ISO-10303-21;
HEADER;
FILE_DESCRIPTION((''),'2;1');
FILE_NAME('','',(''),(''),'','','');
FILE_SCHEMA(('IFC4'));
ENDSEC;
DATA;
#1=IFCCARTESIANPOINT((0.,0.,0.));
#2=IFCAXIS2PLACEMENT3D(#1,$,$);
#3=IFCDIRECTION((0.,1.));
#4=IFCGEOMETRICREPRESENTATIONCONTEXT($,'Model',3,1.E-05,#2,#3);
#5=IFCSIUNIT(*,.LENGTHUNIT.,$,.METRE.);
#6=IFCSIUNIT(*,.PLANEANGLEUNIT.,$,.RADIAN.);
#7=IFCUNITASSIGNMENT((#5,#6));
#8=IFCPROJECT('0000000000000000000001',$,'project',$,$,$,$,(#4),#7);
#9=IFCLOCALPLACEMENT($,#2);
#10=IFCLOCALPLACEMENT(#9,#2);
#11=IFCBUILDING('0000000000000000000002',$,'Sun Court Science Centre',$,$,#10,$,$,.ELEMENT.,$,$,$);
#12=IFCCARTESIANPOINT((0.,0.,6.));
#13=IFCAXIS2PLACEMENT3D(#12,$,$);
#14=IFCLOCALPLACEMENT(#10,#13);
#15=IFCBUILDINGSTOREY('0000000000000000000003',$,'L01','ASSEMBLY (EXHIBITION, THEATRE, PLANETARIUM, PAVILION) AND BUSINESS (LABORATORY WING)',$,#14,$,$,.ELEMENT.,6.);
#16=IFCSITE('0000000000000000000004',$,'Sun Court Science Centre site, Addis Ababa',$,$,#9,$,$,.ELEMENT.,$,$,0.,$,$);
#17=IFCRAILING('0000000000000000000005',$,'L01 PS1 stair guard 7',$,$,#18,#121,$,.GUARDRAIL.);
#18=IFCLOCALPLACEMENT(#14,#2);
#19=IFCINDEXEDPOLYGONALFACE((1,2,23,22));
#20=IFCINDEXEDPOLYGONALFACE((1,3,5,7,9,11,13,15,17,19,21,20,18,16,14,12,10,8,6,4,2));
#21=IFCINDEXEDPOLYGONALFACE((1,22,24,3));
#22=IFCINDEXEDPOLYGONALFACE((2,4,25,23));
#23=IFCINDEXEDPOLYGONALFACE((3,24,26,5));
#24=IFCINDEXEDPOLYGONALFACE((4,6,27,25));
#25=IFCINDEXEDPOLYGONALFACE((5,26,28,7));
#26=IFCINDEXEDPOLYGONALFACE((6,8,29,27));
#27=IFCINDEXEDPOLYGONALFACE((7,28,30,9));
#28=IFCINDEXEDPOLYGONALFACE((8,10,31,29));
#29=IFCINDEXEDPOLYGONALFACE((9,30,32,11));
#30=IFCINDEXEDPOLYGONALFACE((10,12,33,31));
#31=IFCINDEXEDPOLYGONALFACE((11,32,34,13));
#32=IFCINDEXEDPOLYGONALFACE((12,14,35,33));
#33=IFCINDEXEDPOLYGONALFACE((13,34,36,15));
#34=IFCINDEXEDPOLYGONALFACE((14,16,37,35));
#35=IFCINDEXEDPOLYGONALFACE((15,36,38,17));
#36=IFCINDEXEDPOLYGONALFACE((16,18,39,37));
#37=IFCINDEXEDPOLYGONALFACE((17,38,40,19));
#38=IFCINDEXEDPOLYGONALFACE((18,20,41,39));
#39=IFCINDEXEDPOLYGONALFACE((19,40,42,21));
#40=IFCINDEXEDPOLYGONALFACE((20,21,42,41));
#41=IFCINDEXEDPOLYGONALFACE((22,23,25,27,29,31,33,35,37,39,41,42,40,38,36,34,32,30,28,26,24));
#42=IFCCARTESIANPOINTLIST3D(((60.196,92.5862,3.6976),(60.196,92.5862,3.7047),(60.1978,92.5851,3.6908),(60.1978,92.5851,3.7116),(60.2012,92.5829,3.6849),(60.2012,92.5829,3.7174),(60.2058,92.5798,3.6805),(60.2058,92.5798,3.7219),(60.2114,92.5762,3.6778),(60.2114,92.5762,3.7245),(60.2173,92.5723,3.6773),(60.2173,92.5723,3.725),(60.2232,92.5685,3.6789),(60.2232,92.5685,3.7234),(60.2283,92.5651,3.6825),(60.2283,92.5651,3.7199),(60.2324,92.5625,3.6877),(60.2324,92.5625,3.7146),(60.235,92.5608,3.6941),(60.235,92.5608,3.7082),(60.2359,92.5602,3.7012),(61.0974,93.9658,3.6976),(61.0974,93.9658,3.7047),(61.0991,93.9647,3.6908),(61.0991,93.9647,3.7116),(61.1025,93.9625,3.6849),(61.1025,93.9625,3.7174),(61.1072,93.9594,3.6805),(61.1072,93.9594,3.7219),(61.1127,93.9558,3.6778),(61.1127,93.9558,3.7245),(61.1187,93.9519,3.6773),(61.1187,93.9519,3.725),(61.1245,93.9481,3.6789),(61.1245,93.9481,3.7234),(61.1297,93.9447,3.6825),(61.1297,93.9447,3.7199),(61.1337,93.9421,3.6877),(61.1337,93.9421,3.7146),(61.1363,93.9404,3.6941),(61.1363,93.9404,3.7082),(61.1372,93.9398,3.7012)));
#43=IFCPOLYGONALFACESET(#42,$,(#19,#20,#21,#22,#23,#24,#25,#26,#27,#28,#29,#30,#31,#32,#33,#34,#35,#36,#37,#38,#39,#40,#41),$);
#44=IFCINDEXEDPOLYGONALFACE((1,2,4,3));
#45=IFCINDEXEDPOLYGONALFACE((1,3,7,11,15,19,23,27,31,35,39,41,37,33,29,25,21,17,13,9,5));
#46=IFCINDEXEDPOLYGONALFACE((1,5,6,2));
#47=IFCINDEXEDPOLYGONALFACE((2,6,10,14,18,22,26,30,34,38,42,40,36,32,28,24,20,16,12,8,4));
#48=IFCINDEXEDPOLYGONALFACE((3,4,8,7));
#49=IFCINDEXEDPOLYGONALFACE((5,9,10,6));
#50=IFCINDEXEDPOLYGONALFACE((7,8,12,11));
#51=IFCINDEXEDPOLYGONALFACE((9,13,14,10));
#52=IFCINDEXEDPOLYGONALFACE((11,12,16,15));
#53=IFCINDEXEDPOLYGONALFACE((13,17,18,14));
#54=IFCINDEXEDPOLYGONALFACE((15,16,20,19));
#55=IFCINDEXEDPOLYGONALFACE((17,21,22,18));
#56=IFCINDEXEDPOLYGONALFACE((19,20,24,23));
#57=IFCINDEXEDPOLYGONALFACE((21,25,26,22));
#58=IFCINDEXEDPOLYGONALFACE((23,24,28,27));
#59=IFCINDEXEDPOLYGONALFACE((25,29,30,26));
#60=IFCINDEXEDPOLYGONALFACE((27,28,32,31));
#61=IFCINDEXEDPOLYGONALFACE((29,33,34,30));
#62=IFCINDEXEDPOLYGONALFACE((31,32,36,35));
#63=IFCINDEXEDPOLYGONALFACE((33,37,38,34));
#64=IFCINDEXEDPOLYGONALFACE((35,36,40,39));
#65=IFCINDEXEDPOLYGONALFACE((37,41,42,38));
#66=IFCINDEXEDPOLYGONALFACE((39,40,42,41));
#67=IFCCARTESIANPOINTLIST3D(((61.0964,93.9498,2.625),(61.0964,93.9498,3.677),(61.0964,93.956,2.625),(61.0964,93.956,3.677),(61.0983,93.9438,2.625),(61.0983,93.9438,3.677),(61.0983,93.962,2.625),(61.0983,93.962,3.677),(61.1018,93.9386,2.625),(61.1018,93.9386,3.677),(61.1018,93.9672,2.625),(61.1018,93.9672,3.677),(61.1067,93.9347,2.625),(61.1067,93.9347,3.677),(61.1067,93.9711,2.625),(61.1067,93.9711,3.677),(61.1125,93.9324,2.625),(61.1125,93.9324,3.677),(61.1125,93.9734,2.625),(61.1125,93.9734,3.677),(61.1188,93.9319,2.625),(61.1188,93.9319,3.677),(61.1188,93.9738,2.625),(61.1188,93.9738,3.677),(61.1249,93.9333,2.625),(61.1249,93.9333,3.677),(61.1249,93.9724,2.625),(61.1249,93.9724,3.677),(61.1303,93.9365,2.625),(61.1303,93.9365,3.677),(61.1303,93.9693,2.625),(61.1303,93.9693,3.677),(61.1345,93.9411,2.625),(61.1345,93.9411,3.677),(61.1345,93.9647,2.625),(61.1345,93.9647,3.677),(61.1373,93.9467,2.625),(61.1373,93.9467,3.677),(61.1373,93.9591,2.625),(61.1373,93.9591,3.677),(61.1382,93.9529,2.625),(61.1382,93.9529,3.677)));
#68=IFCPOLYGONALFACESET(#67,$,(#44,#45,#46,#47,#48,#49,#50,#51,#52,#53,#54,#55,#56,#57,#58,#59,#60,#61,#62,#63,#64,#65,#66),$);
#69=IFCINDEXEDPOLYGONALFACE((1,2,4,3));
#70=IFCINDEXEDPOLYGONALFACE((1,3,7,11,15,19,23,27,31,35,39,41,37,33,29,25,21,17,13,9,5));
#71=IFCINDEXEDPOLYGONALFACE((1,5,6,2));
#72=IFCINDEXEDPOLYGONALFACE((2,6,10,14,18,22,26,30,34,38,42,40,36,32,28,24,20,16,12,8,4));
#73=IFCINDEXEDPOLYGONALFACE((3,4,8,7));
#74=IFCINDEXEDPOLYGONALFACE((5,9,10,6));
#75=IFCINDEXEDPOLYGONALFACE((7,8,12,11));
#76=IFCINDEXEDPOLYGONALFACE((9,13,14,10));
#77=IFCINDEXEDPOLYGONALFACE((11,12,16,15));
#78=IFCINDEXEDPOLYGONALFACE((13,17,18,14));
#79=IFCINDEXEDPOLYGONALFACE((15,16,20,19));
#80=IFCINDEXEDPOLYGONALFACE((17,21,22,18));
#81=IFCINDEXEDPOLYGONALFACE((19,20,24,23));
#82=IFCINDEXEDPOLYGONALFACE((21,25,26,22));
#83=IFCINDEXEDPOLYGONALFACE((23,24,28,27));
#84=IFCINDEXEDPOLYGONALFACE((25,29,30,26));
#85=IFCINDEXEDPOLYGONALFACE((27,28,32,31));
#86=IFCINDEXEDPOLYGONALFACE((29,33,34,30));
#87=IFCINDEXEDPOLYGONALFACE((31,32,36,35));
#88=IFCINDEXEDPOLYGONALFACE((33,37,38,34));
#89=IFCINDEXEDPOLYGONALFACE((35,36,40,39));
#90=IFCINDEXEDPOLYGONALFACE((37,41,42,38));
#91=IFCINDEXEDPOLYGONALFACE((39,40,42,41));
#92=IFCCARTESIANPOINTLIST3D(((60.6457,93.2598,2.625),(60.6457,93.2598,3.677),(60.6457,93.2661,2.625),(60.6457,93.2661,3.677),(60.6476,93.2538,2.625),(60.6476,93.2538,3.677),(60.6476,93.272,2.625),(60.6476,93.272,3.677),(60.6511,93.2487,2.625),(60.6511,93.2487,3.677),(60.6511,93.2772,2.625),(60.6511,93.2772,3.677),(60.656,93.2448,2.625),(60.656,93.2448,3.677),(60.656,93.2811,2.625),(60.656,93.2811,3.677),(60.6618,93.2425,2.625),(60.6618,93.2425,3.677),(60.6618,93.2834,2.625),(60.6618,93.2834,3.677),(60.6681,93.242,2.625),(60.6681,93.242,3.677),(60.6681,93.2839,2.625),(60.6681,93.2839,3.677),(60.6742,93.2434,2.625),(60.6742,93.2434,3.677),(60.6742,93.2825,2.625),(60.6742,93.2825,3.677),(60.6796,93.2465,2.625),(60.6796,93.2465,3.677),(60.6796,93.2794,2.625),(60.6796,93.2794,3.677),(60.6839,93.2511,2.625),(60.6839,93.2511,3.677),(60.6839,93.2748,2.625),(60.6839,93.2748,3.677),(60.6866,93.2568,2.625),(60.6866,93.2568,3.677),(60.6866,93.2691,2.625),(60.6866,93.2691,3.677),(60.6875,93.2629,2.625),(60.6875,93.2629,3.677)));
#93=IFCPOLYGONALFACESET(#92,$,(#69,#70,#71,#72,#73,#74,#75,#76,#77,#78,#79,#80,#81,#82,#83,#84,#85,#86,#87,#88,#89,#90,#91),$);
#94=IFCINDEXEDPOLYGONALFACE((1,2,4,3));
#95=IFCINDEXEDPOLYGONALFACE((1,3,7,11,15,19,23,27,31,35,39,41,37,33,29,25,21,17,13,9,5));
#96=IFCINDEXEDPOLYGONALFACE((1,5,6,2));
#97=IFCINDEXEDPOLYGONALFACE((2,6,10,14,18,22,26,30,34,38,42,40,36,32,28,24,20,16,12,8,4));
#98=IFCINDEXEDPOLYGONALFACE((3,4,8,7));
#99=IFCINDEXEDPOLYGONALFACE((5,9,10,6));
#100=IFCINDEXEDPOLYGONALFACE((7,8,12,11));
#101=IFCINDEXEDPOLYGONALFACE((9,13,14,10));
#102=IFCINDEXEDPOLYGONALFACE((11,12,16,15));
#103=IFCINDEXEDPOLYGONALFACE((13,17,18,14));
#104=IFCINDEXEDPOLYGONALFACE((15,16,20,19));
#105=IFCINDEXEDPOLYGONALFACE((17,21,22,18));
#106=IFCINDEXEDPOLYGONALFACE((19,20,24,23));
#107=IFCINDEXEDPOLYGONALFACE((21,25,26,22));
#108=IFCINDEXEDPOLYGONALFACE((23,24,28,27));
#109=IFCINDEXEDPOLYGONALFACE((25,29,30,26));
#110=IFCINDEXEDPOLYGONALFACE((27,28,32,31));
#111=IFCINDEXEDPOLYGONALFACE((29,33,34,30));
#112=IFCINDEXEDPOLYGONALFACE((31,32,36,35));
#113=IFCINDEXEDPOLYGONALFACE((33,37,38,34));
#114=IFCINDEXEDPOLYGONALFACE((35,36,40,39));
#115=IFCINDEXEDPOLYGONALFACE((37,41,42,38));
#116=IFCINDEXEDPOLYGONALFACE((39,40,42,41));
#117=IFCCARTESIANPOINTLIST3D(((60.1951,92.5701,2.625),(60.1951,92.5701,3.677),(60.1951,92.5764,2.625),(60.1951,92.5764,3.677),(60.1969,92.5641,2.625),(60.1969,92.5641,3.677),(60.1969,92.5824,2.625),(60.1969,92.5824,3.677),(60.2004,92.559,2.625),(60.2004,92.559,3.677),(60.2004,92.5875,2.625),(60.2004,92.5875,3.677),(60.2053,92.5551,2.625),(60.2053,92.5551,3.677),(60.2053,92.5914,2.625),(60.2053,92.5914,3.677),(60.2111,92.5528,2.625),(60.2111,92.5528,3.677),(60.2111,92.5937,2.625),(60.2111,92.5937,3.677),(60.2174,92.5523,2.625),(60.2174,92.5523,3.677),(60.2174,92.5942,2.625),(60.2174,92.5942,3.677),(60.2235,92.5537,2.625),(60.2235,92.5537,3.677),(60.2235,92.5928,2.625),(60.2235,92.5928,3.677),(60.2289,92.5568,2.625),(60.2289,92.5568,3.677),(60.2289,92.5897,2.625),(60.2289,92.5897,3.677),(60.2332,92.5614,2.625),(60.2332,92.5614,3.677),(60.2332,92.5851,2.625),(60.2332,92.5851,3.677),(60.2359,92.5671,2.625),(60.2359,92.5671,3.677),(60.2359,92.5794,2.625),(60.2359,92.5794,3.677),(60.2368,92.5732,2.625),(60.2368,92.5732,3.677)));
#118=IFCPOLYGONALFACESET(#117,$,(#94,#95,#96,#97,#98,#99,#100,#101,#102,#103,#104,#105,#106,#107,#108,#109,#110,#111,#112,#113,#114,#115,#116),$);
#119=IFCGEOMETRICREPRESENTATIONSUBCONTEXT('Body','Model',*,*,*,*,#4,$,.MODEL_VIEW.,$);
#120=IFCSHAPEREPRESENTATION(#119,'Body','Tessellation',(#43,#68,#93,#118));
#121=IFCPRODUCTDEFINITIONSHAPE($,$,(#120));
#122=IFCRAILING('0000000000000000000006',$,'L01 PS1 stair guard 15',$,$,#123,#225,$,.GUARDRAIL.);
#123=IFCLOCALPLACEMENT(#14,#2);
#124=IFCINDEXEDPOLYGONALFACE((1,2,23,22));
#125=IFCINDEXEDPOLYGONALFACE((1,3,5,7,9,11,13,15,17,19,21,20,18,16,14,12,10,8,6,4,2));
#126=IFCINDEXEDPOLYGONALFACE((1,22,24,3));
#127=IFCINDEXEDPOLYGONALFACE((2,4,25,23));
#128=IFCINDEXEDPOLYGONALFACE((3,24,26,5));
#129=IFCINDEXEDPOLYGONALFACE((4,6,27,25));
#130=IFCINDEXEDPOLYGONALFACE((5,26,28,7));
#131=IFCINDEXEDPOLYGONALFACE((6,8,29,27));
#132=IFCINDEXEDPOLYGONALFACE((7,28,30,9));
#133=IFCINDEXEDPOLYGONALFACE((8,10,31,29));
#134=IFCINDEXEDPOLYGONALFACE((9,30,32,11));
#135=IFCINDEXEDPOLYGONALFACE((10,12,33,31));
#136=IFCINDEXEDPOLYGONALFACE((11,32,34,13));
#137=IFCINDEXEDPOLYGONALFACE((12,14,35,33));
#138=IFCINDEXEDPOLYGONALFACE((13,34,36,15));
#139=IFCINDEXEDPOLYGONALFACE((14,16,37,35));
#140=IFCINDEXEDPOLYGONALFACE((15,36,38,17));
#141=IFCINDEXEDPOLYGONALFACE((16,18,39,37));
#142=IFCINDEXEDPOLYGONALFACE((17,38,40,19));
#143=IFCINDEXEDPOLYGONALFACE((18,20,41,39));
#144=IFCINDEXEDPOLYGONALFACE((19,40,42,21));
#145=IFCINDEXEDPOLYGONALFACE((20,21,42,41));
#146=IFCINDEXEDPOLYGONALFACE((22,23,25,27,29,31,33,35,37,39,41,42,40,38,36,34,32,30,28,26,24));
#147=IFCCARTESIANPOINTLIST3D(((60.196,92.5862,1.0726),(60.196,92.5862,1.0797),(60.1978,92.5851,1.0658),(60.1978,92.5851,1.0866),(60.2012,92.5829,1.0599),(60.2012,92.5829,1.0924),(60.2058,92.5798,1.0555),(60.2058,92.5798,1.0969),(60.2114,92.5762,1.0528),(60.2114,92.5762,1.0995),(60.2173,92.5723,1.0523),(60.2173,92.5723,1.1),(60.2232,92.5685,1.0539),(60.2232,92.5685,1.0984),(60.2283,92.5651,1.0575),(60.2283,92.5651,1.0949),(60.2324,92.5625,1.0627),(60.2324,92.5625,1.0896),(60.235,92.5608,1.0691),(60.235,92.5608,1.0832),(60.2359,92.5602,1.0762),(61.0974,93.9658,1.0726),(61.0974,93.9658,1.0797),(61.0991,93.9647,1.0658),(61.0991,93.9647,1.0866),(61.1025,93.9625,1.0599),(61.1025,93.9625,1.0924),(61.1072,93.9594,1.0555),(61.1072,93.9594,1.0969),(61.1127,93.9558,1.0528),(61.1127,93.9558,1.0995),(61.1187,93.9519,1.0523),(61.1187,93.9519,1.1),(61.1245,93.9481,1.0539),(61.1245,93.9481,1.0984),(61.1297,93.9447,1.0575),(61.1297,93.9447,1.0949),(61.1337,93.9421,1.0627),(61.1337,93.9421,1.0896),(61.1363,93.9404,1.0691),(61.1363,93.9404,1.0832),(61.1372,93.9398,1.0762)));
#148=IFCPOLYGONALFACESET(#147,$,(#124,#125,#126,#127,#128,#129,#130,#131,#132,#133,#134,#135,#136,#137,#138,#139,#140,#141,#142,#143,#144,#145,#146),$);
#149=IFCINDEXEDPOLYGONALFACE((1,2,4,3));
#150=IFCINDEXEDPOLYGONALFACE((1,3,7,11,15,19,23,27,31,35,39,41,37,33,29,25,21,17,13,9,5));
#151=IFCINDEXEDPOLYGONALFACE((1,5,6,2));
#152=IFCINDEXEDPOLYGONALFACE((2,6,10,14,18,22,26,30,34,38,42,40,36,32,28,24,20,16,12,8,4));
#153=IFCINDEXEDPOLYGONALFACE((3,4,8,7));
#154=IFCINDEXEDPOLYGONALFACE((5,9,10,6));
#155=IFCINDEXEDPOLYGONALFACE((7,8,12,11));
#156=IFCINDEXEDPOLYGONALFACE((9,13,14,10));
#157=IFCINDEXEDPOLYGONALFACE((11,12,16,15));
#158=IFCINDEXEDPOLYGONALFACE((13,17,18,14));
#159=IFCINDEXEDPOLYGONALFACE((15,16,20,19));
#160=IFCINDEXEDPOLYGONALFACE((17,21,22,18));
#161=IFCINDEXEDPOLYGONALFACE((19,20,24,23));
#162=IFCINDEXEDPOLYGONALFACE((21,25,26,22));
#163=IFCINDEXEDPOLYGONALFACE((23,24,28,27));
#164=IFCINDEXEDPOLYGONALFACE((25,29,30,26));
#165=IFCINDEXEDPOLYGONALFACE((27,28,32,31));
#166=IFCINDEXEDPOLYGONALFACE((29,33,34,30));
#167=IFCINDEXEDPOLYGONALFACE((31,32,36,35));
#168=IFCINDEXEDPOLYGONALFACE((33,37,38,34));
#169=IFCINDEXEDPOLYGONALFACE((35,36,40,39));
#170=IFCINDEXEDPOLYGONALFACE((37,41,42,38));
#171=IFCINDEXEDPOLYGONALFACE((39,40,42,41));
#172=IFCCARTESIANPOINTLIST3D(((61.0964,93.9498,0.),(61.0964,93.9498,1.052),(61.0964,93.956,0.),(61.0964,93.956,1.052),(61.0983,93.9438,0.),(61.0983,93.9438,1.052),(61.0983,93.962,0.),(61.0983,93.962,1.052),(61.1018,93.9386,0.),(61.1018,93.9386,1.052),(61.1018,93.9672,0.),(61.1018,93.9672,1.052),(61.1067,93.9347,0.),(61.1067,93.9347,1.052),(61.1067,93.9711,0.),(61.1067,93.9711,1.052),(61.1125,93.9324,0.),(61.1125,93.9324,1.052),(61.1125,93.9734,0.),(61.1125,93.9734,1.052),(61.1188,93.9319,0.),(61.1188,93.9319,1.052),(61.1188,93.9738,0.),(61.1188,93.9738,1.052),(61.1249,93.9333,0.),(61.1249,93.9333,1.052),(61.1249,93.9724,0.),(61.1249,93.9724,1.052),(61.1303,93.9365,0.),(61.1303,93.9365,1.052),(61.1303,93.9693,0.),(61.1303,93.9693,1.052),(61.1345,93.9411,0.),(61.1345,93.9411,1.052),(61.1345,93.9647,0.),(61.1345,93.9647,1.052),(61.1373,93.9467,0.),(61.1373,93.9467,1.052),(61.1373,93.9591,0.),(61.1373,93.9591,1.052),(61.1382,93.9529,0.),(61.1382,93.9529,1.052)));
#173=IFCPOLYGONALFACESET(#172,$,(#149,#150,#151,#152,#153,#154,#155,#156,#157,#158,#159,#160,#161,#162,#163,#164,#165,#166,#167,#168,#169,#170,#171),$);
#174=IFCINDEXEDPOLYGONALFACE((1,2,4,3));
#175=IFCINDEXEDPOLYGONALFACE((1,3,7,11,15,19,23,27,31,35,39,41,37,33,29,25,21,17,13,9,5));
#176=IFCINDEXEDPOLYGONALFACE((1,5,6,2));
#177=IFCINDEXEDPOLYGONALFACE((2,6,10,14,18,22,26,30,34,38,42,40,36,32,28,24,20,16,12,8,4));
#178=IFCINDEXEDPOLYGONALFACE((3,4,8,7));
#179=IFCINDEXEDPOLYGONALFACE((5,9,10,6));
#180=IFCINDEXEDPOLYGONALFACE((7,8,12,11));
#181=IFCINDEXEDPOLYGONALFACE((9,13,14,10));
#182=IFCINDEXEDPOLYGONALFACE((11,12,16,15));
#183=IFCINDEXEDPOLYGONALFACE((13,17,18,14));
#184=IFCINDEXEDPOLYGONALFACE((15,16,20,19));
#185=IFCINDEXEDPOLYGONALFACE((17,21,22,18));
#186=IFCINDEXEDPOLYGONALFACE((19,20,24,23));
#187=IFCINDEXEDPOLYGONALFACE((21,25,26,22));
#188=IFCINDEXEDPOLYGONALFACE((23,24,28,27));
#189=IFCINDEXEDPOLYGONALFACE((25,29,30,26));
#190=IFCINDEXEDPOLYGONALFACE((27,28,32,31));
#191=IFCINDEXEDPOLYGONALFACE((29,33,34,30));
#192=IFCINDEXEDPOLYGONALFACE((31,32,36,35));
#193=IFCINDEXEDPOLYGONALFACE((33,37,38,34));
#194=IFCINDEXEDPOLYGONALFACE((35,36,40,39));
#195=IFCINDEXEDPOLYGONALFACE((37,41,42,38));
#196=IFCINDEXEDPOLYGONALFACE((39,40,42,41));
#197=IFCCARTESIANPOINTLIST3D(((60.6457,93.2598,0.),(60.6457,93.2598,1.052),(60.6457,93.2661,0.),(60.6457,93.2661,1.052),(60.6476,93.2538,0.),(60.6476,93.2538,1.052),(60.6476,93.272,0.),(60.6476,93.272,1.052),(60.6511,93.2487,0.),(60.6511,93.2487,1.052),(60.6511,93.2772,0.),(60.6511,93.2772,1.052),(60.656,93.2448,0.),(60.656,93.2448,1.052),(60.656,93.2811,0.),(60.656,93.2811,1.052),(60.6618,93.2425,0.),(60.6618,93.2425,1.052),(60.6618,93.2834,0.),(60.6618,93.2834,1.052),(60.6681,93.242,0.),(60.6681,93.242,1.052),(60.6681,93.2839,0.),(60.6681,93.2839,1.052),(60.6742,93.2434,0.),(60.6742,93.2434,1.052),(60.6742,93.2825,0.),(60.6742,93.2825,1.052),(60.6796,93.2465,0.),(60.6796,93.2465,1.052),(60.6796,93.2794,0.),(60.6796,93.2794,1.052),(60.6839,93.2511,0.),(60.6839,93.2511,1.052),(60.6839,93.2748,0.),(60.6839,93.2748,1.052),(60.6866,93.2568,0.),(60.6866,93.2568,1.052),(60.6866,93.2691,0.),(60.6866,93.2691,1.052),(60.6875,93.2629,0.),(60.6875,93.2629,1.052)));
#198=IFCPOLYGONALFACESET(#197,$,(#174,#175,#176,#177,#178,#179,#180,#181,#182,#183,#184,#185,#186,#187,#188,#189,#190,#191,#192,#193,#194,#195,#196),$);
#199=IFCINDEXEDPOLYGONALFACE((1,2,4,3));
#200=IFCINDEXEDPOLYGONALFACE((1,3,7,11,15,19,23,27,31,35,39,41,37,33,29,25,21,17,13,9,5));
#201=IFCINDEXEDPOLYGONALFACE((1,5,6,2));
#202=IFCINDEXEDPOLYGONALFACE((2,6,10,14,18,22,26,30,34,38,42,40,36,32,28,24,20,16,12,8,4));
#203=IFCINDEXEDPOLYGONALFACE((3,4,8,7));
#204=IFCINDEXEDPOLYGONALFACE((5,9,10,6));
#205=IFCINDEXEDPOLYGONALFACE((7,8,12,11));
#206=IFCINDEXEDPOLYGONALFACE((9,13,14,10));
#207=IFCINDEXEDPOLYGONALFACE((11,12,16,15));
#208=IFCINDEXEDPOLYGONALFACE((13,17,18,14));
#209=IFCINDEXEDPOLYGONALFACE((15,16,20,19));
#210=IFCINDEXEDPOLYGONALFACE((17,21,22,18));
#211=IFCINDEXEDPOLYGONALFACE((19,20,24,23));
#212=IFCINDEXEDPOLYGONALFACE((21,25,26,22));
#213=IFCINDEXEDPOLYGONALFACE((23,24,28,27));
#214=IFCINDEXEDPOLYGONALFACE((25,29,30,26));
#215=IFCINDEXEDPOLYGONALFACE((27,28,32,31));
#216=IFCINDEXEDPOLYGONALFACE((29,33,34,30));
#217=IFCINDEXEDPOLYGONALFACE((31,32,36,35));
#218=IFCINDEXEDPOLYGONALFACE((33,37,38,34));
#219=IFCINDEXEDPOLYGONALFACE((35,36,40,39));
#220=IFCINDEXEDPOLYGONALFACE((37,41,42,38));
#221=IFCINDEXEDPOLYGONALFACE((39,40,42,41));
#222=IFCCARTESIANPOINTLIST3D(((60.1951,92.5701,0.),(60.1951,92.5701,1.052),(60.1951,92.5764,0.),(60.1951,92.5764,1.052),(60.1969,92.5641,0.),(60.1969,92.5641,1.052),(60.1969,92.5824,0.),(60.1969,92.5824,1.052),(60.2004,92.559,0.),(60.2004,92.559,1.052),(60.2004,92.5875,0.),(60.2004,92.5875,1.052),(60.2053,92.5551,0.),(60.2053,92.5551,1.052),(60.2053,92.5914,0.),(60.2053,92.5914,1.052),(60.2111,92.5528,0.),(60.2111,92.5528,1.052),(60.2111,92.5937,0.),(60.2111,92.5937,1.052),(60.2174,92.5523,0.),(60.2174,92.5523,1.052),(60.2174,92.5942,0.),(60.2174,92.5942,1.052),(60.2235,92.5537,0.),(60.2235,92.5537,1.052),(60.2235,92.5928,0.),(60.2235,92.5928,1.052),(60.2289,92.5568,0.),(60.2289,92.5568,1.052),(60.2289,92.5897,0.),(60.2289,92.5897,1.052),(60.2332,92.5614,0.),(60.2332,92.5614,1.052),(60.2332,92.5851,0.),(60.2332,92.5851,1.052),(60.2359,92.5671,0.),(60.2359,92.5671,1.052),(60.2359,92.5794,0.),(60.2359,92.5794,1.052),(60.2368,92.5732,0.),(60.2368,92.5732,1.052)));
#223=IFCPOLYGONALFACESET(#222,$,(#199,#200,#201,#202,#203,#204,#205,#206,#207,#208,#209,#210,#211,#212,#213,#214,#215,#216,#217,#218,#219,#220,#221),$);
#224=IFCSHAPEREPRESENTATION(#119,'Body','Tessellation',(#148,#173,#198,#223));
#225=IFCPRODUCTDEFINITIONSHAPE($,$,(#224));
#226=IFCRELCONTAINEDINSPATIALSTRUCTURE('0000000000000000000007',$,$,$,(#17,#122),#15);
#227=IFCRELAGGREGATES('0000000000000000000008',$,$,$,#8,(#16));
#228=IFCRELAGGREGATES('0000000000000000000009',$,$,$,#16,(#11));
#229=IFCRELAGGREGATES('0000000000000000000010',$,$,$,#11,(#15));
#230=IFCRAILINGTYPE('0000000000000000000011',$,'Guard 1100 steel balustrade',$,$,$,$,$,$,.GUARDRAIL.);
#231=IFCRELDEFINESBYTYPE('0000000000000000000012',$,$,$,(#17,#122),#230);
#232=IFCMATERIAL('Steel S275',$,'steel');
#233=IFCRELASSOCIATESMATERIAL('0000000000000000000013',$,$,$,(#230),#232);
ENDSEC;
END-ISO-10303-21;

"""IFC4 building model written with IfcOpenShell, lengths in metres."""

from ifc_helpers import new_model, si_unit, direction, frame, origin, origin_2d, place, context, subcontext, project, spatial, circle, extrude, material, type_object, element, save


model = new_model("IFC4")

# Units and contexts
model_context = context("Model", 3, precision=1e-05, world=origin(), true_north=direction((0.0, 1.0)))
body_context = subcontext(model_context, "Body", "Model", "MODEL_VIEW")
ifc_project = project(units=[si_unit("LENGTHUNIT", "METRE"), si_unit("PLANEANGLEUNIT", "RADIAN")], contexts=[model_context])

# Site, building, storey
site_placement = place(None, origin())
site = spatial("IfcSite", under=ifc_project, at=site_placement, Name="Sun Court Science Centre site, Addis Ababa", CompositionType="ELEMENT", RefElevation=0.0)
building_placement = place(site_placement, origin())
building = spatial("IfcBuilding", under=site, at=building_placement, Name="Sun Court Science Centre", CompositionType="ELEMENT")
storey_placement = place(building_placement, frame((0.0, 0.0, 6.0)))
storey = spatial("IfcBuildingStorey", under=building, at=storey_placement, Name="L01", Description="ASSEMBLY (EXHIBITION, THEATRE, PLANETARIUM, PAVILION) AND BUSINESS (LABORATORY WING)", CompositionType="ELEMENT", Elevation=6.0)

# Railings
ifc_material_1 = material(Name="Steel S275", Category="steel")
railing_type = type_object("IfcRailingType", Name="Guard 1100 steel balustrade", PredefinedType="GUARDRAIL", material=ifc_material_1)
for number, where, name in (
    (1, (61.1172, 93.9529, 2.625), "L01 PS1 stair guard 7"),
    (2, (61.1172, 93.9529, 0.0), "L01 PS1 stair guard 15"),
):
    element("IfcRailing", number, at=place(storey_placement, frame(where)), inside=storey, type_object=railing_type, Name=name, PredefinedType="GUARDRAIL", context=body_context, shape_type="SweptSolid", body=[
        extrude(circle(Radius=0.0239, at=origin_2d()), frame((0.0, 0.0, 1.0762), z_axis=(-0.54695, -0.837165, 0.0), x_axis=(0.837165, -0.54695, 0.0)), (0.0, 0.0, 1.0), 1.6479),
        extrude(circle(Radius=0.021, at=origin_2d()), origin(), (0.0, 0.0, 1.0), 1.052),
        extrude(circle(Radius=0.021, at=origin_2d()), frame((-0.4507, -0.6899, 0.0)), (0.0, 0.0, 1.0), 1.052),
        extrude(circle(Radius=0.021, at=origin_2d()), frame((-0.9014, -1.3796, 0.0)), (0.0, 0.0, 1.0), 1.052),
    ])

save(model, "model.ifc")
